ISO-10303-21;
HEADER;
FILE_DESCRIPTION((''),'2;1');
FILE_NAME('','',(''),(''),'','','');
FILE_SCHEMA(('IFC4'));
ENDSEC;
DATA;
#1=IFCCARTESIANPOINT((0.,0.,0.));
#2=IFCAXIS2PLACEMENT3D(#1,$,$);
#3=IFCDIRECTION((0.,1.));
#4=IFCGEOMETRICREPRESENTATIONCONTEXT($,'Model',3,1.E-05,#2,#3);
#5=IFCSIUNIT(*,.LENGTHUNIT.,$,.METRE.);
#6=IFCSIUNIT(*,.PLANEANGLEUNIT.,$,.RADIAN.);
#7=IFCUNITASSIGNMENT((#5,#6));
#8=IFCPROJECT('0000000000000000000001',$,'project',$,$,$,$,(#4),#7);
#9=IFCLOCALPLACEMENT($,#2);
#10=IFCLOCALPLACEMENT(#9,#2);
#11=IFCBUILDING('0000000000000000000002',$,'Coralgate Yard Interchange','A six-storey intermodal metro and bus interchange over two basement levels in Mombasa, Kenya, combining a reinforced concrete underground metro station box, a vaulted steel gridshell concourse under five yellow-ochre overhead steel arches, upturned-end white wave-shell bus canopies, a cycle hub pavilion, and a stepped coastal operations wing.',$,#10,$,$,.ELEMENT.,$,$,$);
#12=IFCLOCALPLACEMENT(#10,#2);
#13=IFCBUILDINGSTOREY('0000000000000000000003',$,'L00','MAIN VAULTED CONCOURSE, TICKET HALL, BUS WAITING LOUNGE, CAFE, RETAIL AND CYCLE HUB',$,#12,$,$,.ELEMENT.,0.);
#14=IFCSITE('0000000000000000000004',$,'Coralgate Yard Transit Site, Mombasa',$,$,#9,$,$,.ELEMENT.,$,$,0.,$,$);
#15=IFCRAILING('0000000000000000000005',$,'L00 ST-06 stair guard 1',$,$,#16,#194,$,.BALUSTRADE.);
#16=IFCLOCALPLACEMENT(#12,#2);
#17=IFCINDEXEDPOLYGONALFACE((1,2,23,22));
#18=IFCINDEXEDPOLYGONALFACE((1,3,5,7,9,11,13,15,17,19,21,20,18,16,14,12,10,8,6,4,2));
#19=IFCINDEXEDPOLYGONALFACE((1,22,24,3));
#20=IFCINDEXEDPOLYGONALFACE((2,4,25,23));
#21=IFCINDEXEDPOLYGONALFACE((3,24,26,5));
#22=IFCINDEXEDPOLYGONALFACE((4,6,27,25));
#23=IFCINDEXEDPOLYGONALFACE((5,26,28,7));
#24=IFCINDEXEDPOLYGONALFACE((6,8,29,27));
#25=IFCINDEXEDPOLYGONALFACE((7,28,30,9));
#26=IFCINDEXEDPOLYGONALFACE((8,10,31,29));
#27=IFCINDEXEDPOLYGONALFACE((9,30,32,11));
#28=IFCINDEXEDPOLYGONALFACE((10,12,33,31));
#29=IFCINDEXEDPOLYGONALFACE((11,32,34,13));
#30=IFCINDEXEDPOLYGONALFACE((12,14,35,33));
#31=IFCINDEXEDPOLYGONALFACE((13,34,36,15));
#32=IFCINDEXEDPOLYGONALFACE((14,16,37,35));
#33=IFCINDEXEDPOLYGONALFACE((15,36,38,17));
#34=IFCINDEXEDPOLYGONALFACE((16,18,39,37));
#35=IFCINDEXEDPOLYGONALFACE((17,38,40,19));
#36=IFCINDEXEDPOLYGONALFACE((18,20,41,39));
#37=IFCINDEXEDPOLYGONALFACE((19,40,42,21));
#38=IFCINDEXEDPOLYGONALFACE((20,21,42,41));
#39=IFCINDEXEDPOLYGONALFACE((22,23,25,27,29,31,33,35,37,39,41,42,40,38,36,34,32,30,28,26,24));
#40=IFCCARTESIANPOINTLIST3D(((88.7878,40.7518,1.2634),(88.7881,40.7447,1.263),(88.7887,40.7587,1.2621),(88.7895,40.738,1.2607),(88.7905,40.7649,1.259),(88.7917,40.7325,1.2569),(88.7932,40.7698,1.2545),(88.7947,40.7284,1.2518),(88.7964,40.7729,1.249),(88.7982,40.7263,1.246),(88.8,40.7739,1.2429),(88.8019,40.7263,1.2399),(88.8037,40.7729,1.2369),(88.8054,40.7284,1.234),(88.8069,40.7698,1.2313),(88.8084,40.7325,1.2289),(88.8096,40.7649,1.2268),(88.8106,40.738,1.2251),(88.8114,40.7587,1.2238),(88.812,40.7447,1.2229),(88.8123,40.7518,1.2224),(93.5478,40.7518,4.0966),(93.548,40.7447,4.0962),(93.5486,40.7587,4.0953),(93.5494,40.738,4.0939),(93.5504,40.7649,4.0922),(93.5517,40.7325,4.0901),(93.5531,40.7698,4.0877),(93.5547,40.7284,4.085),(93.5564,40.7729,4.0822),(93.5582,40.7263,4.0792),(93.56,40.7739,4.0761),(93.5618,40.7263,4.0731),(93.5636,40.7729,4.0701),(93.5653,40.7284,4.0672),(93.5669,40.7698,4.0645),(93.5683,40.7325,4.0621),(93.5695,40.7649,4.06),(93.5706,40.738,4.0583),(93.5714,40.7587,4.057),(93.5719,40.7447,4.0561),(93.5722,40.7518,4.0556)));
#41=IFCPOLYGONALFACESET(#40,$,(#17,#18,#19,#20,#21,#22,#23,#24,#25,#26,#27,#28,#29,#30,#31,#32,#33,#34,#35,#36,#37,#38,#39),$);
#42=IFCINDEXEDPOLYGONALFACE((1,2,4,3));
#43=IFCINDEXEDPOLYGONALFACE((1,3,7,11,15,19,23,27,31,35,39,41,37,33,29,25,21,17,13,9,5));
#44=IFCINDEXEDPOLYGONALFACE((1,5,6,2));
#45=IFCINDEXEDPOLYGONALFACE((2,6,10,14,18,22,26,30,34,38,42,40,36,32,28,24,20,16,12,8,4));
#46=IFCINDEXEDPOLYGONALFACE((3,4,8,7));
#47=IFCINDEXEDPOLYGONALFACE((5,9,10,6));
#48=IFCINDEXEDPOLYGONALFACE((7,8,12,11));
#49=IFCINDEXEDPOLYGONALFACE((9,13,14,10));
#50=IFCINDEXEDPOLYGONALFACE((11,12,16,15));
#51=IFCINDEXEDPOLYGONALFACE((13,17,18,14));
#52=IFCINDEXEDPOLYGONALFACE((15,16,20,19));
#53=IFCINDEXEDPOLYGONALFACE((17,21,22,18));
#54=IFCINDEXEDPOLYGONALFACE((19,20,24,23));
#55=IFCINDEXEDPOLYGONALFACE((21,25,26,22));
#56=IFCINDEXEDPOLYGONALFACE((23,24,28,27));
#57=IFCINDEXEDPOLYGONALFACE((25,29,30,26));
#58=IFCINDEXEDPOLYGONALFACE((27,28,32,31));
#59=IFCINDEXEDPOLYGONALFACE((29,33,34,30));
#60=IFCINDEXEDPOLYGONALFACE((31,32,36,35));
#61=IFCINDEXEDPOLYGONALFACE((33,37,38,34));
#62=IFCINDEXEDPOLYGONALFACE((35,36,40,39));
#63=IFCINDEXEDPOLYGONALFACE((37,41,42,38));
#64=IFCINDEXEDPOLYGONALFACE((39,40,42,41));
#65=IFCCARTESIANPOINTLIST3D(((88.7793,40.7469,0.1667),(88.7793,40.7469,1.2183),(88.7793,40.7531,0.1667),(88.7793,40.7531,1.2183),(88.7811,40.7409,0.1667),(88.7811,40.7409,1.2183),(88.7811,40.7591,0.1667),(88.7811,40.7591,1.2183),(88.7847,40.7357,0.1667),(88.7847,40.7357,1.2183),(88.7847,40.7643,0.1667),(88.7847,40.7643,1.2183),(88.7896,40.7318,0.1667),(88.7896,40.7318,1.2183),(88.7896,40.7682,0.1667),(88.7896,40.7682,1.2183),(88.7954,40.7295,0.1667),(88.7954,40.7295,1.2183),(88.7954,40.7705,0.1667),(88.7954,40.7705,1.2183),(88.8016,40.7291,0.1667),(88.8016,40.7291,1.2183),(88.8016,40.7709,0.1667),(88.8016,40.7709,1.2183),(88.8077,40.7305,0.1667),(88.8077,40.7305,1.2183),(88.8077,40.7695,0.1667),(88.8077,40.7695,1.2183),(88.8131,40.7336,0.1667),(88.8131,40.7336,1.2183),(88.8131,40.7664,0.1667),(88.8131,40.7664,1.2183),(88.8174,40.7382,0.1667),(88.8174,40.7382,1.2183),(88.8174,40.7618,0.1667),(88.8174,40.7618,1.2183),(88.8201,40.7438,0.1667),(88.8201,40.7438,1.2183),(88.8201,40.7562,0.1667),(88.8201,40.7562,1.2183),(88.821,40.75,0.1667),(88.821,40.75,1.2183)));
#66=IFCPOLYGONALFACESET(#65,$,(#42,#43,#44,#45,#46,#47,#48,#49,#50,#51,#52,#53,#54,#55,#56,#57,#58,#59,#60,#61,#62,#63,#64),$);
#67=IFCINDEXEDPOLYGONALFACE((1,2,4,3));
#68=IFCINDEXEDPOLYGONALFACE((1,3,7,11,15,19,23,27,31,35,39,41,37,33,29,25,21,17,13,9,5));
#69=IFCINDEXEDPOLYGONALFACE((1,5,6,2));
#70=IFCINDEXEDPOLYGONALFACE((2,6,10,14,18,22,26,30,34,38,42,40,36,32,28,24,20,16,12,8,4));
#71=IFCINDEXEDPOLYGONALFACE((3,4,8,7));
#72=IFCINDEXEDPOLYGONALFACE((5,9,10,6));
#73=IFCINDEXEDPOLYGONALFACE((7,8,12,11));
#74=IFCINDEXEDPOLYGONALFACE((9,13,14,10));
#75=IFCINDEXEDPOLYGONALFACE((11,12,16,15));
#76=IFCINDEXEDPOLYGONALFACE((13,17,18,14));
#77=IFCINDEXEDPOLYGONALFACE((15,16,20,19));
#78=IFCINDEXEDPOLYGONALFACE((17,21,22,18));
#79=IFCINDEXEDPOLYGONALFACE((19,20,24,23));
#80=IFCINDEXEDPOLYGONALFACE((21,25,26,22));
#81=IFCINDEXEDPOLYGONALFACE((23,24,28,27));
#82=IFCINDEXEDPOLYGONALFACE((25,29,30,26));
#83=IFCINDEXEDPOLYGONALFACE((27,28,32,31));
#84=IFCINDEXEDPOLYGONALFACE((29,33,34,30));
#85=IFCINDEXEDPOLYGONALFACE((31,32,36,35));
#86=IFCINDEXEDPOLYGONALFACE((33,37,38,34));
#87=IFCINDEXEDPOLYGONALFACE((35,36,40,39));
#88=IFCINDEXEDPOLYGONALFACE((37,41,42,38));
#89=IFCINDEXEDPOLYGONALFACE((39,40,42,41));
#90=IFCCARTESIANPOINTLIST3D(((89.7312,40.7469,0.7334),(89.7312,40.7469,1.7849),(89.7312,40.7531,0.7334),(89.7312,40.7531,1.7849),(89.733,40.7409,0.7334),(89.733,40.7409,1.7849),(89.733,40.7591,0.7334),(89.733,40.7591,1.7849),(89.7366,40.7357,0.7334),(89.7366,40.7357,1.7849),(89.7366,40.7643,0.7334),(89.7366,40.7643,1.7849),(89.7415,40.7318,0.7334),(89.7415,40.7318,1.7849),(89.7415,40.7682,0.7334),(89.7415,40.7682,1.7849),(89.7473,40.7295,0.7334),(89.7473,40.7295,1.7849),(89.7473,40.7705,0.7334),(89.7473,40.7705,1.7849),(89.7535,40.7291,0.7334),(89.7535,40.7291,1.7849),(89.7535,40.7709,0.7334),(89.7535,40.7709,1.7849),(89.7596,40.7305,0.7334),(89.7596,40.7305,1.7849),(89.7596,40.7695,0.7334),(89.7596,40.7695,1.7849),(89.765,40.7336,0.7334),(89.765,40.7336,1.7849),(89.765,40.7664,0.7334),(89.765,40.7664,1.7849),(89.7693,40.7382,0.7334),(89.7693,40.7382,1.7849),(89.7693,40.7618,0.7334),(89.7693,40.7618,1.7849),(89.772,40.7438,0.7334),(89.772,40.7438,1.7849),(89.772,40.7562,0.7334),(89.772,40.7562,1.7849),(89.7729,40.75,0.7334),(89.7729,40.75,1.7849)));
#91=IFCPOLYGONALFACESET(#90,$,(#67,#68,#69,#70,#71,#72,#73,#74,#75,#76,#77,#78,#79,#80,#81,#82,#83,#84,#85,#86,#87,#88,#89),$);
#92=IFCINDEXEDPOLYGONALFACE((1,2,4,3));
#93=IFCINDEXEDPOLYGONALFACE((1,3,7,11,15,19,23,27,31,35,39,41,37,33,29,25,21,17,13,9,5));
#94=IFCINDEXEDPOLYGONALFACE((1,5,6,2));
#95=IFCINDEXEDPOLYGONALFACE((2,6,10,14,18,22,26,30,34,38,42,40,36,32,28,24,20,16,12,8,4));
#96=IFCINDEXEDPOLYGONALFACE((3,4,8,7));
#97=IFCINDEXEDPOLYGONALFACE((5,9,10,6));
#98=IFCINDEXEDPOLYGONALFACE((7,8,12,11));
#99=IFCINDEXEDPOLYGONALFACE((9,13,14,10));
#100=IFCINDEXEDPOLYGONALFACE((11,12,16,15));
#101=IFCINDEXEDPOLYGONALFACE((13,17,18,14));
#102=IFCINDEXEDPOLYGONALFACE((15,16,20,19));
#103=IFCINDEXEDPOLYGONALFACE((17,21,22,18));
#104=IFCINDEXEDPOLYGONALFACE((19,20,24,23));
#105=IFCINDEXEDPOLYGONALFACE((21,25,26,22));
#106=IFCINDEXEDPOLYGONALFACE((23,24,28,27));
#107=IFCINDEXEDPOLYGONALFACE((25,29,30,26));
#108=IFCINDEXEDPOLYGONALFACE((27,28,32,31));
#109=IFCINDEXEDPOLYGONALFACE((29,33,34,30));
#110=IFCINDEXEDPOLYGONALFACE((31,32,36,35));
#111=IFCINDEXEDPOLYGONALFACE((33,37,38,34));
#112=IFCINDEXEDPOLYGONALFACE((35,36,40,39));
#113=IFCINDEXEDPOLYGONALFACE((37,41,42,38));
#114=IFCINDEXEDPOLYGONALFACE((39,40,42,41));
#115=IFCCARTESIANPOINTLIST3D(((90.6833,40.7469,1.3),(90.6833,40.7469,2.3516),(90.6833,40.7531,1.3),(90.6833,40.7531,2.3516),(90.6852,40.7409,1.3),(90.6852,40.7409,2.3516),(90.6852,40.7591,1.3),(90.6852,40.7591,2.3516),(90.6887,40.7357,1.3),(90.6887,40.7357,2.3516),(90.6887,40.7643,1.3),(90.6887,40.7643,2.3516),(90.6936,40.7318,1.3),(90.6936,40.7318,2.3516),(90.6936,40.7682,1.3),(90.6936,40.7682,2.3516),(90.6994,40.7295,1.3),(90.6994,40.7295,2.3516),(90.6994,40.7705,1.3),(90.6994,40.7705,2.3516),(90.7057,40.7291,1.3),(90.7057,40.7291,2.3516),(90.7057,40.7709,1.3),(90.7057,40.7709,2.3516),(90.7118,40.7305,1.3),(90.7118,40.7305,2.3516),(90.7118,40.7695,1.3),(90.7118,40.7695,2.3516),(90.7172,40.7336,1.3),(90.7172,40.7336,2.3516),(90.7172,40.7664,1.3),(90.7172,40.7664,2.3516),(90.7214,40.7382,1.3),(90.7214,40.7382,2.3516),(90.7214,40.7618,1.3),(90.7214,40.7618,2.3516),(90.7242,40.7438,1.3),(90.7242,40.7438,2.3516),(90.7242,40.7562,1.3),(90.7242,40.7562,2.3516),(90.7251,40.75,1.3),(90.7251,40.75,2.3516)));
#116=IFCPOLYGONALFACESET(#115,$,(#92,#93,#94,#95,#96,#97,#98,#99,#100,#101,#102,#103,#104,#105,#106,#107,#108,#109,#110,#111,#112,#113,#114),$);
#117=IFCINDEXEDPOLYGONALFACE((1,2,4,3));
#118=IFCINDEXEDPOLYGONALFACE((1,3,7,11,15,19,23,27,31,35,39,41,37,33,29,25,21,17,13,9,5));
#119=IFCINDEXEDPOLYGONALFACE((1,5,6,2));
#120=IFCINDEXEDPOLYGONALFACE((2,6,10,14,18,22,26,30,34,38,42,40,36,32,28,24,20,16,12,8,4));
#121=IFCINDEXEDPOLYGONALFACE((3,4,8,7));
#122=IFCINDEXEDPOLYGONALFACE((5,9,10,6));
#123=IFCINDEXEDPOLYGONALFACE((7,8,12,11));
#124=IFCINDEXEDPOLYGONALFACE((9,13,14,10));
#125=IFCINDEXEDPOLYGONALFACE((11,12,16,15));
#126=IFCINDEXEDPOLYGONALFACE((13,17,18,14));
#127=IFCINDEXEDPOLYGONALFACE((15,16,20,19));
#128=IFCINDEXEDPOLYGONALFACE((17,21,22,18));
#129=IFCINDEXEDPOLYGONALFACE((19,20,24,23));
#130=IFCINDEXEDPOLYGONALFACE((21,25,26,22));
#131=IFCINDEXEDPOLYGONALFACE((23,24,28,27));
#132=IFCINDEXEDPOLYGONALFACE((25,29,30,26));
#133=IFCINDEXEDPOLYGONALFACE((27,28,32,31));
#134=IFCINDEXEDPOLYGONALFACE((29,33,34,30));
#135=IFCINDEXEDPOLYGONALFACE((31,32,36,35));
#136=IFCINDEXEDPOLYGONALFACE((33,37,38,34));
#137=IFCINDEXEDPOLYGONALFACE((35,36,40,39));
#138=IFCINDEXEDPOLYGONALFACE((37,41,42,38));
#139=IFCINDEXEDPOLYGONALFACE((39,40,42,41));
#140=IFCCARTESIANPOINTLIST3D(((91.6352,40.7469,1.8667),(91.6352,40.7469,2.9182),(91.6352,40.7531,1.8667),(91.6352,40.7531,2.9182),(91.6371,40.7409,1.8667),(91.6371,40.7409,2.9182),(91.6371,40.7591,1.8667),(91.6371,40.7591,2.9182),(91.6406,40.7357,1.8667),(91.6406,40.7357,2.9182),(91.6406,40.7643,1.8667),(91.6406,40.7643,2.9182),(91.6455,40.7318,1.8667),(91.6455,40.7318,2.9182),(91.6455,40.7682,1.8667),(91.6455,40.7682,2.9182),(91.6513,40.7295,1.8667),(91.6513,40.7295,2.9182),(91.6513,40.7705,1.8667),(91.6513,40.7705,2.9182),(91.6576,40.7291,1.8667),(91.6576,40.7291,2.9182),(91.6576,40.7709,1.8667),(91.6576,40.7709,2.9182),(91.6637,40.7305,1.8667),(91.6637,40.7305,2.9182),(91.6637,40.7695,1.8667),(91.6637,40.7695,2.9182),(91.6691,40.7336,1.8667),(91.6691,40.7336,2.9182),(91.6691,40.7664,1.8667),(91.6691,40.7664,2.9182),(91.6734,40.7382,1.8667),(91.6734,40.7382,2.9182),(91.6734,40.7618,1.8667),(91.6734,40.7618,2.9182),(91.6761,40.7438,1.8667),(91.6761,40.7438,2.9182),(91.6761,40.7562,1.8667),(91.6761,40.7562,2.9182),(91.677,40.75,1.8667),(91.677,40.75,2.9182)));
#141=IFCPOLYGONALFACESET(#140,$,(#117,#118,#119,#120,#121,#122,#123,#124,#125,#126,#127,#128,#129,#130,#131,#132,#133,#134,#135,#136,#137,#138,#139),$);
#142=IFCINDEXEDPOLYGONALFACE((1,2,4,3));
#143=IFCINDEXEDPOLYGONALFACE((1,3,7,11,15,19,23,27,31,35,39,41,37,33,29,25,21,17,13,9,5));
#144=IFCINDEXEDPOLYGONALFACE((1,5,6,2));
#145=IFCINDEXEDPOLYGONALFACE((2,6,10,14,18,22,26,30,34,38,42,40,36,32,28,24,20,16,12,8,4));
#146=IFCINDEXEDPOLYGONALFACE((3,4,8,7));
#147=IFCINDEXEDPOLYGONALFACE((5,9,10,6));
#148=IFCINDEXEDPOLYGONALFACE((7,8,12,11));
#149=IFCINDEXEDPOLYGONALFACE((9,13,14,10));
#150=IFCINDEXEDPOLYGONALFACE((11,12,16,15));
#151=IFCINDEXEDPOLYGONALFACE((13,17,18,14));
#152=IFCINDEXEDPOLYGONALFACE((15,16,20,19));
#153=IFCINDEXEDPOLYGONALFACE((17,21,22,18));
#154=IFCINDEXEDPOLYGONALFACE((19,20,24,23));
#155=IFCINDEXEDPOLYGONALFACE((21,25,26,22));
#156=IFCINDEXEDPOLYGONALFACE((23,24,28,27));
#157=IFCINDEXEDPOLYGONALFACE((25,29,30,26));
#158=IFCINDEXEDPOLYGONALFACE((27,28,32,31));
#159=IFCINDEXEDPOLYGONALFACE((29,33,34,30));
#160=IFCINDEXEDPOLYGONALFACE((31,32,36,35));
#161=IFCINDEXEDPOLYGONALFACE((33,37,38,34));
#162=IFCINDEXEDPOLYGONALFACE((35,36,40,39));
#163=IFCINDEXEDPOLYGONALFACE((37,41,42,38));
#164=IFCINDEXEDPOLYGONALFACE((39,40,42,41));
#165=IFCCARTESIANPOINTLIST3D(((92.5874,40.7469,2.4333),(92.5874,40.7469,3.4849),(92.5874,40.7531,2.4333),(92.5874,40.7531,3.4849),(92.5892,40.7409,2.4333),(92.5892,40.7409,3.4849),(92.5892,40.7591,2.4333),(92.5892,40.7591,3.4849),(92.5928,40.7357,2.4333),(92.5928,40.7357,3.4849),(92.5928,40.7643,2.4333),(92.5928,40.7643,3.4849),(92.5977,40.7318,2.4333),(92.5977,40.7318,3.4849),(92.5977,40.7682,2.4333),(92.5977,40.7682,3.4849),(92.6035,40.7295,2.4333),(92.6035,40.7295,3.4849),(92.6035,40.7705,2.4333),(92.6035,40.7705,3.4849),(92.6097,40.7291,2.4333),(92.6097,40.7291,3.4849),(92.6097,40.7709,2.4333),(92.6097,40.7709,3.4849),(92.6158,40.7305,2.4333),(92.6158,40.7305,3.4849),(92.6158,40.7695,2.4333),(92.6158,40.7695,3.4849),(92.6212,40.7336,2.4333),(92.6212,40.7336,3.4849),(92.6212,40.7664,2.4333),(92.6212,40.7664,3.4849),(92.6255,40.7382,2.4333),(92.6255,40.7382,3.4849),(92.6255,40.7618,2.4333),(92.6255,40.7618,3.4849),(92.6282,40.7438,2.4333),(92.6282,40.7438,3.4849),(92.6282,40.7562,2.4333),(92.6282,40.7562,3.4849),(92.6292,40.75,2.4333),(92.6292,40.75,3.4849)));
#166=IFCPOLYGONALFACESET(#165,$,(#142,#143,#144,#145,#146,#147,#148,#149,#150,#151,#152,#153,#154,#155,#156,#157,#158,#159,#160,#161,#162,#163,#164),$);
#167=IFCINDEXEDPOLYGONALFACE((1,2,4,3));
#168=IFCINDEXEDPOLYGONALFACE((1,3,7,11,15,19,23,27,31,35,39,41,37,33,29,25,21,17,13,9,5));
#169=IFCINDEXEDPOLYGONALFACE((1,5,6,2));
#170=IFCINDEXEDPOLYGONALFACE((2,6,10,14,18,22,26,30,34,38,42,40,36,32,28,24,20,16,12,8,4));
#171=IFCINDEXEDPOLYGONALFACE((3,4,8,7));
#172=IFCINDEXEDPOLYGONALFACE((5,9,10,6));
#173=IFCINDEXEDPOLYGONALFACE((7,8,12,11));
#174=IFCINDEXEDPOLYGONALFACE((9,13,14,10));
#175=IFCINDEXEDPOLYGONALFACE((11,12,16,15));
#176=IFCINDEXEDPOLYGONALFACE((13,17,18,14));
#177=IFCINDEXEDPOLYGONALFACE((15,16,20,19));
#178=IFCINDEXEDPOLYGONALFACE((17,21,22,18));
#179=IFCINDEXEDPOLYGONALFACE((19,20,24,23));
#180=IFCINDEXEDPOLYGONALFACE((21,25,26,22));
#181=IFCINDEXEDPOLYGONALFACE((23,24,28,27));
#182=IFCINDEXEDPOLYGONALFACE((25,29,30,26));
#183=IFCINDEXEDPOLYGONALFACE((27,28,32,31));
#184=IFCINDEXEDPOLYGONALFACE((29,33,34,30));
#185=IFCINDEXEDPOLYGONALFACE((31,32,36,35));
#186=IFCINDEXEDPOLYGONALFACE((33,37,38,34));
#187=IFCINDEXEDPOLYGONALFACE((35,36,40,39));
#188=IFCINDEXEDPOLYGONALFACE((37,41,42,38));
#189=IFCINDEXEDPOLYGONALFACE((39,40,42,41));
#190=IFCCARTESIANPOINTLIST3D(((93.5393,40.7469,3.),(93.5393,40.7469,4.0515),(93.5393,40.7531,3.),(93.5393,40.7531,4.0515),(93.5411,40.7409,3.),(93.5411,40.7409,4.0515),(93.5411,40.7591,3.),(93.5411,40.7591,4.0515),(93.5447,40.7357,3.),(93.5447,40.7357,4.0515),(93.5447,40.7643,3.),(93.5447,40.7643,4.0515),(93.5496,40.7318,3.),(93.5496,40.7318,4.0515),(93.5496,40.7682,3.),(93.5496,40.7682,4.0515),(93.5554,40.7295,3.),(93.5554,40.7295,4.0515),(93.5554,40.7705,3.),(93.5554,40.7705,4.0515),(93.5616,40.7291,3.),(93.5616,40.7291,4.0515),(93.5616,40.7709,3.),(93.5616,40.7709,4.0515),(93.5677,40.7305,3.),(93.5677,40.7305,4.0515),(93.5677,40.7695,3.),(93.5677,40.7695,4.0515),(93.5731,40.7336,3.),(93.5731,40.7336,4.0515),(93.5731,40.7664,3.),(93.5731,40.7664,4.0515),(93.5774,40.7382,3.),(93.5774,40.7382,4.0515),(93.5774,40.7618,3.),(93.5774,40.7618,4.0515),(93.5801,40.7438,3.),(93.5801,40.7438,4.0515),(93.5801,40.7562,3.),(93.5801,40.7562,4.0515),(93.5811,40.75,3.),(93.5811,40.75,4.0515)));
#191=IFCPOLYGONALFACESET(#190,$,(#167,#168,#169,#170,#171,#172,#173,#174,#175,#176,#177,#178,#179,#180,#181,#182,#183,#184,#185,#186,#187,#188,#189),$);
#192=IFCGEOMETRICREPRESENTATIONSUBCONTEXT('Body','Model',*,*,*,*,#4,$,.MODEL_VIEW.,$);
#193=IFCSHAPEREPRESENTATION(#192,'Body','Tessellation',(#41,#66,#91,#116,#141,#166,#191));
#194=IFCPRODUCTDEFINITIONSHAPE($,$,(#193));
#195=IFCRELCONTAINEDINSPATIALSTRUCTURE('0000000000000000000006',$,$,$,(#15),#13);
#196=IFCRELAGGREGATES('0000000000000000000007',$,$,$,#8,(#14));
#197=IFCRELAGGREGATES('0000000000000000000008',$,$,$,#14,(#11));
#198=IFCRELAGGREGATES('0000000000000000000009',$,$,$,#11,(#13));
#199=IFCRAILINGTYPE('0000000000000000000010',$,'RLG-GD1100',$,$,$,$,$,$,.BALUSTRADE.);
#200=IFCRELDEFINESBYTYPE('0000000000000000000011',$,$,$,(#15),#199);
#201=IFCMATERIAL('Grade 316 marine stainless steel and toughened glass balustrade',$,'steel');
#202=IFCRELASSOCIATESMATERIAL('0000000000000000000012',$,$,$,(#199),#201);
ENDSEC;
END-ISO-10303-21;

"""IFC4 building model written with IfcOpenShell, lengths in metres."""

from ifc_helpers import new_model, si_unit, direction, frame, origin, origin_2d, place, context, subcontext, project, spatial, circle, extrude, material, type_object, element, save


model = new_model("IFC4")

# Units and contexts
model_context = context("Model", 3, precision=1e-05, world=origin(), true_north=direction((0.0, 1.0)))
body_context = subcontext(model_context, "Body", "Model", "MODEL_VIEW")
ifc_project = project(units=[si_unit("LENGTHUNIT", "METRE"), si_unit("PLANEANGLEUNIT", "RADIAN")], contexts=[model_context])

# Site, building, storey
site_placement = place(None, origin())
site = spatial("IfcSite", under=ifc_project, at=site_placement, Name="Coralgate Yard Transit Site, Mombasa", CompositionType="ELEMENT", RefElevation=0.0)
building_placement = place(site_placement, origin())
building = spatial("IfcBuilding", under=site, at=building_placement, Name="Coralgate Yard Interchange", Description="A six-storey intermodal metro and bus interchange over two basement levels in Mombasa, Kenya, combining a reinforced concrete underground metro station box, a vaulted steel gridshell concourse under five yellow-ochre overhead steel arches, upturned-end white wave-shell bus canopies, a cycle hub pavilion, and a stepped coastal operations wing.", CompositionType="ELEMENT")
storey_placement = place(building_placement, origin())
storey = spatial("IfcBuildingStorey", under=building, at=storey_placement, Name="L00", Description="MAIN VAULTED CONCOURSE, TICKET HALL, BUS WAITING LOUNGE, CAFE, RETAIL AND CYCLE HUB", CompositionType="ELEMENT", Elevation=0.0)

# Railing
ifc_material_1 = material(Name="Grade 316 marine stainless steel and toughened glass balustrade", Category="steel")
railing_type_1 = type_object("IfcRailingType", Name="RLG-GD1100", PredefinedType="BALUSTRADE", material=ifc_material_1)
railing_1_placement = place(storey_placement, frame((88.8, 40.75, 0.1667)))
element("IfcRailing", 1, at=railing_1_placement, inside=storey, type_object=railing_type_1, Name="L00 ST-06 stair guard 1", PredefinedType="BALUSTRADE", context=body_context, shape_type="SweptSolid", body=[
    extrude(circle(Radius=0.0239, at=origin_2d()), frame((0.0, 0.0, 1.0762), z_axis=(0.8593, 0.0, 0.511472), x_axis=(0.0, 1.0, 0.0)), (0.0, 0.0, 1.0), 5.5393),
    extrude(circle(Radius=0.021, at=origin_2d()), origin(), (0.0, 0.0, 1.0), 1.0515),
    extrude(circle(Radius=0.021, at=origin_2d()), frame((0.9519, 0.0, 0.5667)), (0.0, 0.0, 1.0), 1.0515),
    extrude(circle(Radius=0.021, at=origin_2d()), frame((1.9041, 0.0, 1.1333)), (0.0, 0.0, 1.0), 1.0515),
    extrude(circle(Radius=0.021, at=origin_2d()), frame((2.856, 0.0, 1.7)), (0.0, 0.0, 1.0), 1.0515),
    extrude(circle(Radius=0.021, at=origin_2d()), frame((3.8081, 0.0, 2.2666)), (0.0, 0.0, 1.0), 1.0515),
    extrude(circle(Radius=0.021, at=origin_2d()), frame((4.76, 0.0, 2.8333)), (0.0, 0.0, 1.0), 1.0515),
])

save(model, "model.ifc")
